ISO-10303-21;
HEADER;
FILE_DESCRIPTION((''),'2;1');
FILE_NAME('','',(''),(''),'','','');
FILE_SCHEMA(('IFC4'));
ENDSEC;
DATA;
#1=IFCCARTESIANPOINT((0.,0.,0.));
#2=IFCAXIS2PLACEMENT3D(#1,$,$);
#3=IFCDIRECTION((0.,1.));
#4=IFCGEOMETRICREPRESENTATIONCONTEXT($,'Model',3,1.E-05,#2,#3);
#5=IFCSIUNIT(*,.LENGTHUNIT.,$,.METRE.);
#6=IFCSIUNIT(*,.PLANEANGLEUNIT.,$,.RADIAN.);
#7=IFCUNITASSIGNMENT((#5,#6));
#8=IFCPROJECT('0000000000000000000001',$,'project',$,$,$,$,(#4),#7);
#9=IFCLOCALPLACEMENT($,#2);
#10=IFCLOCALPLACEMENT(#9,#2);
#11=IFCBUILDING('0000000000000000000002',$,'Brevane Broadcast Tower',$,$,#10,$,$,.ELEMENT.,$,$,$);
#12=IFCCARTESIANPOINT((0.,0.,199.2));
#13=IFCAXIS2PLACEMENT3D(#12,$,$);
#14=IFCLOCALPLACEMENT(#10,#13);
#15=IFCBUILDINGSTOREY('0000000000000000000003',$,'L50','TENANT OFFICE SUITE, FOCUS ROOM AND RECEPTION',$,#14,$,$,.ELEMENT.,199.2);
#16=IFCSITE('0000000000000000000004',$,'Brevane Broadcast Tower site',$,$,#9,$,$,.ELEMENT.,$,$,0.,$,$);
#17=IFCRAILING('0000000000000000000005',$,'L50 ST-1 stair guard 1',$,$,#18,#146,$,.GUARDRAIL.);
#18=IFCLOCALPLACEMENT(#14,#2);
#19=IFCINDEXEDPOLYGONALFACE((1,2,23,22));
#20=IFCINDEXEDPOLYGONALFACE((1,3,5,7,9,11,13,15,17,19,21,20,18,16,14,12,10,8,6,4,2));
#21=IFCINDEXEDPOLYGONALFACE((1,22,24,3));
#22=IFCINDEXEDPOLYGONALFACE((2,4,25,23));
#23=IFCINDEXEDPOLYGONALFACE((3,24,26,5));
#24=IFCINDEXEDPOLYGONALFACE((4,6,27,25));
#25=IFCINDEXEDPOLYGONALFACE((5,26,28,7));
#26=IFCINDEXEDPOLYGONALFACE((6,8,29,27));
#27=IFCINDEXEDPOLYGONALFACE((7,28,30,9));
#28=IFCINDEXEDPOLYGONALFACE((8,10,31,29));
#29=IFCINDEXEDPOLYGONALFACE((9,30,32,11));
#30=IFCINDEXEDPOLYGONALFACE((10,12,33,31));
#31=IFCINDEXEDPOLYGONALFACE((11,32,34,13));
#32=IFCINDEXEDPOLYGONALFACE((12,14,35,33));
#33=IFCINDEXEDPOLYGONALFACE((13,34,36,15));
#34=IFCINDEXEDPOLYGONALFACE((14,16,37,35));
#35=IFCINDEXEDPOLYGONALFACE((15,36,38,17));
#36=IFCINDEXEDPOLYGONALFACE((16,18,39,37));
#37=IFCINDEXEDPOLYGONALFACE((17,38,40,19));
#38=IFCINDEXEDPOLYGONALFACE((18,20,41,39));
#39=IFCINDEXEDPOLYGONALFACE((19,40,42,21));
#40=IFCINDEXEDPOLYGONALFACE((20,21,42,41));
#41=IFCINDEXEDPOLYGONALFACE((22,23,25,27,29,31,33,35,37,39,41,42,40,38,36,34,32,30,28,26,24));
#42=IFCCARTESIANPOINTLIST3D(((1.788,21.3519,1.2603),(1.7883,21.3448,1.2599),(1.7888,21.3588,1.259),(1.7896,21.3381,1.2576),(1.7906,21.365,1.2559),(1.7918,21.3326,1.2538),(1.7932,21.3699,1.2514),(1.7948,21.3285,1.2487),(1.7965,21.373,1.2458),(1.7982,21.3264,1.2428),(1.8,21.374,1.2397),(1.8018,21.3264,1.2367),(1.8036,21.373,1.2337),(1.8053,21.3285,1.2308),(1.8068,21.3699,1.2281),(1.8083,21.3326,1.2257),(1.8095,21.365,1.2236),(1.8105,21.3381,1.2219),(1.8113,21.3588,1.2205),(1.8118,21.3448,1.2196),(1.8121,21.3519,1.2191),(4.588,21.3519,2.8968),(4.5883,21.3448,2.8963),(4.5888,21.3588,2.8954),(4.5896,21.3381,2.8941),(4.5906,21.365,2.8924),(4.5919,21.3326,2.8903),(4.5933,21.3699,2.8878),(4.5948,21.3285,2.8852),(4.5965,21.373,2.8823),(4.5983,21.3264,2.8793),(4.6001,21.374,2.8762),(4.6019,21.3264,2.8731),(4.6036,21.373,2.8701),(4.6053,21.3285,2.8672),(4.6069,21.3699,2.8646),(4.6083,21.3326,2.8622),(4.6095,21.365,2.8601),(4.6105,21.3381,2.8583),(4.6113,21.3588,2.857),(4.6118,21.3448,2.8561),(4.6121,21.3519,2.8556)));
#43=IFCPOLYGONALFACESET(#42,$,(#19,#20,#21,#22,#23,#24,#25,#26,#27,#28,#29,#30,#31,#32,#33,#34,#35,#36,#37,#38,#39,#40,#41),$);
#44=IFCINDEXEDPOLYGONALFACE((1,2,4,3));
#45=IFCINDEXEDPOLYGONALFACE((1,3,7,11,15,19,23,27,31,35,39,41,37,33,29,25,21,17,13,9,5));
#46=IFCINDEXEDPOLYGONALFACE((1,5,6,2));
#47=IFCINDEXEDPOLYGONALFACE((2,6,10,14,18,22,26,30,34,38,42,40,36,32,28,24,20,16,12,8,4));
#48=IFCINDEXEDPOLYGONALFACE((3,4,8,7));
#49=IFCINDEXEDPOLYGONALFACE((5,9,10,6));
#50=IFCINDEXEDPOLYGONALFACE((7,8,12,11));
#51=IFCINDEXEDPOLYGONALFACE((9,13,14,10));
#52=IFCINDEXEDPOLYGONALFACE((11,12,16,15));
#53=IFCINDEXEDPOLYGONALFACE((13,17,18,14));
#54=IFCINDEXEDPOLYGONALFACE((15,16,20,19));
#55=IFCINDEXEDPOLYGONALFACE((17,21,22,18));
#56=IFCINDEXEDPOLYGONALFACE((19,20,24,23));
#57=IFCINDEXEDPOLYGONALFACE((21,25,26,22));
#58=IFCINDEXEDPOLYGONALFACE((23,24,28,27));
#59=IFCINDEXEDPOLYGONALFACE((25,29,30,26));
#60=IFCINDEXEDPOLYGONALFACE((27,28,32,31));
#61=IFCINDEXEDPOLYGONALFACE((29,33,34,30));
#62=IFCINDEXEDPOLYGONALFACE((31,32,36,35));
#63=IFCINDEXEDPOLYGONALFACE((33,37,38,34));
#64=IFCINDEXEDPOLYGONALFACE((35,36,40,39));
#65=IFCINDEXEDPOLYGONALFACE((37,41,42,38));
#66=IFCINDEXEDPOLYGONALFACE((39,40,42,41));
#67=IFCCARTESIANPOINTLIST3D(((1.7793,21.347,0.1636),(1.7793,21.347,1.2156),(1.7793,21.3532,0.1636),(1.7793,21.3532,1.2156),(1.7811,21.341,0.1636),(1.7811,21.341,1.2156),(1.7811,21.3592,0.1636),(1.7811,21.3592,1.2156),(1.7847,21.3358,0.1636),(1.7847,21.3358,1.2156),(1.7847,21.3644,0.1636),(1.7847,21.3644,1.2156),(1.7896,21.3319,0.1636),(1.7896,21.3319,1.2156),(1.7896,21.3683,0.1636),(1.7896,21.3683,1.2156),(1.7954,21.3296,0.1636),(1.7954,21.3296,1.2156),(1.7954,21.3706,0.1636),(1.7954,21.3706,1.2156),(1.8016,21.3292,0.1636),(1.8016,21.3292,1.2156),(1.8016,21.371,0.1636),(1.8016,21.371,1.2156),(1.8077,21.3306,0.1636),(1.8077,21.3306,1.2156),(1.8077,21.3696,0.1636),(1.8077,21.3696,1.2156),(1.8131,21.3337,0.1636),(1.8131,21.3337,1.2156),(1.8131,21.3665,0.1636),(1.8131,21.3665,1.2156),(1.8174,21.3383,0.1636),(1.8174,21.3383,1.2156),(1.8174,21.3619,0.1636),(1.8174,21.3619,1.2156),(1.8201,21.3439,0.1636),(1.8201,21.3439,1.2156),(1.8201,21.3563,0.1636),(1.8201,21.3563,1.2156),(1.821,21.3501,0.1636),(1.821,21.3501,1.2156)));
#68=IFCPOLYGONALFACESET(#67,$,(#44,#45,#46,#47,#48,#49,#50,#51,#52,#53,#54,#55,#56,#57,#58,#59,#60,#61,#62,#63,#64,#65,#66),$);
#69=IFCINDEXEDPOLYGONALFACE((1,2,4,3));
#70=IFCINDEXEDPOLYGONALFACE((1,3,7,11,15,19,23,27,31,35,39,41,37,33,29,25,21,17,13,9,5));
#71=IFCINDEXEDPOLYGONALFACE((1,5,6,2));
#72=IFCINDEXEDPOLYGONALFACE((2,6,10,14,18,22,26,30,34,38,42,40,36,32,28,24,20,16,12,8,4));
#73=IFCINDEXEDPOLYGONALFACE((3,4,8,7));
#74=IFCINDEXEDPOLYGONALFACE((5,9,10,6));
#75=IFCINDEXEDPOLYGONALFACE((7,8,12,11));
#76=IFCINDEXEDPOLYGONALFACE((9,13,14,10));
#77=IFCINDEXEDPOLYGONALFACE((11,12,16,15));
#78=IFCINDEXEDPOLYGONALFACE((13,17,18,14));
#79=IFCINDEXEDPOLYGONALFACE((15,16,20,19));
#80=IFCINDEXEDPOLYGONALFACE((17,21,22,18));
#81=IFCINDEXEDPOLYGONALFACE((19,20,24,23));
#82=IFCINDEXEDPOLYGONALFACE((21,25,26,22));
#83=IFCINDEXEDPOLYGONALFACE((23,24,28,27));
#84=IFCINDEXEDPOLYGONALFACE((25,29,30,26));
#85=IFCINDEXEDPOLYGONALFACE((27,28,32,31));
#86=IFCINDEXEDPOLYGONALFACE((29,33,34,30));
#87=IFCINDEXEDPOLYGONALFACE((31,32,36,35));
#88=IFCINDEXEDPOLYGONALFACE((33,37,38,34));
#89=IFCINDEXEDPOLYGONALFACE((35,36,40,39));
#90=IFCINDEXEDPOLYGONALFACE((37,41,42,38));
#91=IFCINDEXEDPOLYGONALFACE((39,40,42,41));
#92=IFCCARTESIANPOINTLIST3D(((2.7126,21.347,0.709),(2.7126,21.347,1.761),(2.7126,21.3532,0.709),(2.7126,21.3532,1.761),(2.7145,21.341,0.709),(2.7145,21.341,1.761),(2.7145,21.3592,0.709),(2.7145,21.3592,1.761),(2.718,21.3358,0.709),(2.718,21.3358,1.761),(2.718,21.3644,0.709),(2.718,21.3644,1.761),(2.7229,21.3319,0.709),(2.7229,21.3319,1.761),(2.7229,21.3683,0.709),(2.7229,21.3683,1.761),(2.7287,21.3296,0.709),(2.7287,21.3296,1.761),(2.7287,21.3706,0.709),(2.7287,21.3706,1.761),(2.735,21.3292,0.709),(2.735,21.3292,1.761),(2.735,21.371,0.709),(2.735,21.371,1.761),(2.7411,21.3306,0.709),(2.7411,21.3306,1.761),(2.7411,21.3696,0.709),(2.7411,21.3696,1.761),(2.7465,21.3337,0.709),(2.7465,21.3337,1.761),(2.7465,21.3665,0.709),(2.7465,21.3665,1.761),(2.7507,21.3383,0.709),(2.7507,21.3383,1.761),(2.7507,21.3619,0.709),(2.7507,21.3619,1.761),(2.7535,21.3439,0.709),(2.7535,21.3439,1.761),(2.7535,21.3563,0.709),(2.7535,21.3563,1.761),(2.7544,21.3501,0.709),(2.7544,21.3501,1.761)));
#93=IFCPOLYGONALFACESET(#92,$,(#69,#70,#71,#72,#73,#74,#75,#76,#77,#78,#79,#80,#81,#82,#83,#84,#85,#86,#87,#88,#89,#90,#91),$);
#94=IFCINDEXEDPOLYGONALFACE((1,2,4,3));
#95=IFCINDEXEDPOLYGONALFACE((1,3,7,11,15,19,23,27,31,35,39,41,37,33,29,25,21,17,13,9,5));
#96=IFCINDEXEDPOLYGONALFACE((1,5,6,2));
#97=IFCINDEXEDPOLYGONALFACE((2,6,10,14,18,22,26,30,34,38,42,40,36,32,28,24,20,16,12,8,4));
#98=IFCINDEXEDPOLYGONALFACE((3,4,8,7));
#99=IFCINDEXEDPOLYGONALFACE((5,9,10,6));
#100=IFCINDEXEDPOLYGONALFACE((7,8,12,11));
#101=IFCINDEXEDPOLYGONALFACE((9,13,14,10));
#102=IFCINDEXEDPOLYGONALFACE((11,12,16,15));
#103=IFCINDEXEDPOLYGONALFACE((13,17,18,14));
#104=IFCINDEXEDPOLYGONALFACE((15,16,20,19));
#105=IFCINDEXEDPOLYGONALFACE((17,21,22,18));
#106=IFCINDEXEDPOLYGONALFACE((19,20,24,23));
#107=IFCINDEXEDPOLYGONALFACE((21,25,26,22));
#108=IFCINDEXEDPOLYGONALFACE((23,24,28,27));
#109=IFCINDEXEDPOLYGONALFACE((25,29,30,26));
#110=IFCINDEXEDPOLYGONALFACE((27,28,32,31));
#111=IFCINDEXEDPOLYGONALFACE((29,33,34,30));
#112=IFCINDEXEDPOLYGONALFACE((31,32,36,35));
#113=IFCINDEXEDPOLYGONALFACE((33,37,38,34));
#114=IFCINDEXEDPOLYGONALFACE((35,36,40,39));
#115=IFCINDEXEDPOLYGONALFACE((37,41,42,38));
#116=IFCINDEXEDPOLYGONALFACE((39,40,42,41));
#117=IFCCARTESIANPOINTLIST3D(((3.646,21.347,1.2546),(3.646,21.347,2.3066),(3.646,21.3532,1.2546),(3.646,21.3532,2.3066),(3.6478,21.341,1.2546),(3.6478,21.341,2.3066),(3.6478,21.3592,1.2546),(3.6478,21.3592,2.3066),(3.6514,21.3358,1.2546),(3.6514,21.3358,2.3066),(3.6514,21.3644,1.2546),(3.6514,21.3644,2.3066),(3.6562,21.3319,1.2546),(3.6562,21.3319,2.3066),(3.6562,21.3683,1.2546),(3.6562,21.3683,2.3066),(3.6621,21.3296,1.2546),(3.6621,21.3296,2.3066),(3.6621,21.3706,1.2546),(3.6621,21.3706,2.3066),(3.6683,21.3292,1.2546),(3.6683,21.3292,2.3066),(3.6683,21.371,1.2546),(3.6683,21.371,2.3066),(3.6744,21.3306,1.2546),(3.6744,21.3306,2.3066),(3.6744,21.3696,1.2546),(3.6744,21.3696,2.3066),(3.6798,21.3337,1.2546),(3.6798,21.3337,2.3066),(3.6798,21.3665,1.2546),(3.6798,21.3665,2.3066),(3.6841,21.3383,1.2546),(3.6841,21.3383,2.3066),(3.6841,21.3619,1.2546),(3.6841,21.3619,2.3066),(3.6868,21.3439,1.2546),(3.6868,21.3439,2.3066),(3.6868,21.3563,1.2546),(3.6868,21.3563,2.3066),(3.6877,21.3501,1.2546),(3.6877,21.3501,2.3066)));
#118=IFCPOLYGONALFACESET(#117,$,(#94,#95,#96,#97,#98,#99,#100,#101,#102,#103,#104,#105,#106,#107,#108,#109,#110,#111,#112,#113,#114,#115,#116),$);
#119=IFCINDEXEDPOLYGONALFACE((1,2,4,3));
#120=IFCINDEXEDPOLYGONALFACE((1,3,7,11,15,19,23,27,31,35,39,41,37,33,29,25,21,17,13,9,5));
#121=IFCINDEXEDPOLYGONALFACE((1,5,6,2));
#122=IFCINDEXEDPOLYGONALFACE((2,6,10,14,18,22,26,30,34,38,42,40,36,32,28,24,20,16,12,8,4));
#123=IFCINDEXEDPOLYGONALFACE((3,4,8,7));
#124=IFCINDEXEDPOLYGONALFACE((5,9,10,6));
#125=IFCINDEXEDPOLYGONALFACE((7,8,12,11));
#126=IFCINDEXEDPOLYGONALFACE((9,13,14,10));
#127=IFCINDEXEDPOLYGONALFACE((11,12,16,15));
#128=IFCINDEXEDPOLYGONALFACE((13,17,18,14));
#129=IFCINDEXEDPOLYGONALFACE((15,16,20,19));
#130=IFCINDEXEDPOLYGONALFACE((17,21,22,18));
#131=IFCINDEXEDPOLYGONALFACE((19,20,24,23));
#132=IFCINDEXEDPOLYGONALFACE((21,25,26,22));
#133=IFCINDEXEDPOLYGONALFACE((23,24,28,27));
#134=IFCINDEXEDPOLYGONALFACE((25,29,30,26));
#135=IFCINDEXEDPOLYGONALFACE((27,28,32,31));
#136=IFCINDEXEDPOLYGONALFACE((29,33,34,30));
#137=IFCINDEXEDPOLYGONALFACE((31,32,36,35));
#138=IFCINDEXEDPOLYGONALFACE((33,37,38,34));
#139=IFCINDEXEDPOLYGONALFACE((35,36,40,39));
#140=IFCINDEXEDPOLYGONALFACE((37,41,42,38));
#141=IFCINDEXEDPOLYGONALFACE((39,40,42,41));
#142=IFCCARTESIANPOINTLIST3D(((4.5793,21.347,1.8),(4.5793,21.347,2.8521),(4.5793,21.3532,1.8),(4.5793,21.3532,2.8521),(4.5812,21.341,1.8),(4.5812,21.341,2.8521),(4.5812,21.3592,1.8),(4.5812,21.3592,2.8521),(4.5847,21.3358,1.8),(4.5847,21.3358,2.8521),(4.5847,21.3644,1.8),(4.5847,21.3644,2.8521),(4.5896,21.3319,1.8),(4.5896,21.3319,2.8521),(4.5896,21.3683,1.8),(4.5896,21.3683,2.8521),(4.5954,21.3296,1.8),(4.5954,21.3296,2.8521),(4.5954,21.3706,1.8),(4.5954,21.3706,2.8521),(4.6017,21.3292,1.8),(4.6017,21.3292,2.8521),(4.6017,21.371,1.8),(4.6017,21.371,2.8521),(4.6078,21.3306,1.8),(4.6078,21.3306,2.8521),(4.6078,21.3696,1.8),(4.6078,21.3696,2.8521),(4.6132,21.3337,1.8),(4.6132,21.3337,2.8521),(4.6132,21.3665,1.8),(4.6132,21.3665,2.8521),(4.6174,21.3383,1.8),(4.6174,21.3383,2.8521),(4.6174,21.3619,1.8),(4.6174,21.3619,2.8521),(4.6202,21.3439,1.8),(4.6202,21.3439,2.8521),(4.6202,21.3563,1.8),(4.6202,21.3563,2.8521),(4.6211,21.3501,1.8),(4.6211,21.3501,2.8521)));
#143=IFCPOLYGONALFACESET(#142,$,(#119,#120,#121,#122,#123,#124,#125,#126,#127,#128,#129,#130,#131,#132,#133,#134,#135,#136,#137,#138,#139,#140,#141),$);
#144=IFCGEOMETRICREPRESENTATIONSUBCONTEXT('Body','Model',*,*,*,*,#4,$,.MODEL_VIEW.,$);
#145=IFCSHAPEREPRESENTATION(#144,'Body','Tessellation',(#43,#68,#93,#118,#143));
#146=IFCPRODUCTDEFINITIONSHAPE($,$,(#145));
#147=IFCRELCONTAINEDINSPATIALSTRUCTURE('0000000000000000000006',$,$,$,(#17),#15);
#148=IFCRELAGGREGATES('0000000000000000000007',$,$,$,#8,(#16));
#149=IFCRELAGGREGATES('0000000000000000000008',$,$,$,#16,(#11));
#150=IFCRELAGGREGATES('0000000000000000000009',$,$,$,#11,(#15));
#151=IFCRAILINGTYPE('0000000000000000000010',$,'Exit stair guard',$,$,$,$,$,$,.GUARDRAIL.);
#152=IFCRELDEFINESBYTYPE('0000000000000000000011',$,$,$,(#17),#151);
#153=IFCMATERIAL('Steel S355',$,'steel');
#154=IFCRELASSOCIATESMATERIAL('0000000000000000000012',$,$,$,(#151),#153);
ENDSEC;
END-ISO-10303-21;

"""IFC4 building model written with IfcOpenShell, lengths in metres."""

from ifc_helpers import new_model, si_unit, direction, frame, origin, origin_2d, place, context, subcontext, project, spatial, circle, extrude, material, type_object, element, save


model = new_model("IFC4")

# Units and contexts
model_context = context("Model", 3, precision=1e-05, world=origin(), true_north=direction((0.0, 1.0)))
body_context = subcontext(model_context, "Body", "Model", "MODEL_VIEW")
ifc_project = project(units=[si_unit("LENGTHUNIT", "METRE"), si_unit("PLANEANGLEUNIT", "RADIAN")], contexts=[model_context])

# Site, building, storey
site_placement = place(None, origin())
site = spatial("IfcSite", under=ifc_project, at=site_placement, Name="Brevane Broadcast Tower site", CompositionType="ELEMENT", RefElevation=0.0)
building_placement = place(site_placement, origin())
building = spatial("IfcBuilding", under=site, at=building_placement, Name="Brevane Broadcast Tower", CompositionType="ELEMENT")
storey_placement = place(building_placement, frame((0.0, 0.0, 199.2)))
storey = spatial("IfcBuildingStorey", under=building, at=storey_placement, Name="L50", Description="TENANT OFFICE SUITE, FOCUS ROOM AND RECEPTION", CompositionType="ELEMENT", Elevation=199.2)

# Railing
ifc_material_1 = material(Name="Steel S355", Category="steel")
railing_type_1 = type_object("IfcRailingType", Name="Exit stair guard", PredefinedType="GUARDRAIL", material=ifc_material_1)
railing_1_placement = place(storey_placement, frame((1.8, 21.3501, 0.1636)))
element("IfcRailing", 1, at=railing_1_placement, inside=storey, type_object=railing_type_1, Name="L50 ST-1 stair guard 1", PredefinedType="GUARDRAIL", context=body_context, shape_type="SweptSolid", body=[
    extrude(circle(Radius=0.0239, at=origin_2d()), frame((0.0, 0.0, 1.0762), z_axis=(0.863361, 0.0, 0.504587), x_axis=(0.0, 1.0, 0.0)), (0.0, 0.0, 1.0), 3.2432),
    extrude(circle(Radius=0.021, at=origin_2d()), origin(), (0.0, 0.0, 1.0), 1.052),
    extrude(circle(Radius=0.021, at=origin_2d()), frame((0.9333, 0.0, 0.5454)), (0.0, 0.0, 1.0), 1.052),
    extrude(circle(Radius=0.021, at=origin_2d()), frame((1.8667, 0.0, 1.0911)), (0.0, 0.0, 1.0), 1.052),
    extrude(circle(Radius=0.021, at=origin_2d()), frame((2.8, 0.0, 1.6365)), (0.0, 0.0, 1.0), 1.052),
])

save(model, "model.ifc")
